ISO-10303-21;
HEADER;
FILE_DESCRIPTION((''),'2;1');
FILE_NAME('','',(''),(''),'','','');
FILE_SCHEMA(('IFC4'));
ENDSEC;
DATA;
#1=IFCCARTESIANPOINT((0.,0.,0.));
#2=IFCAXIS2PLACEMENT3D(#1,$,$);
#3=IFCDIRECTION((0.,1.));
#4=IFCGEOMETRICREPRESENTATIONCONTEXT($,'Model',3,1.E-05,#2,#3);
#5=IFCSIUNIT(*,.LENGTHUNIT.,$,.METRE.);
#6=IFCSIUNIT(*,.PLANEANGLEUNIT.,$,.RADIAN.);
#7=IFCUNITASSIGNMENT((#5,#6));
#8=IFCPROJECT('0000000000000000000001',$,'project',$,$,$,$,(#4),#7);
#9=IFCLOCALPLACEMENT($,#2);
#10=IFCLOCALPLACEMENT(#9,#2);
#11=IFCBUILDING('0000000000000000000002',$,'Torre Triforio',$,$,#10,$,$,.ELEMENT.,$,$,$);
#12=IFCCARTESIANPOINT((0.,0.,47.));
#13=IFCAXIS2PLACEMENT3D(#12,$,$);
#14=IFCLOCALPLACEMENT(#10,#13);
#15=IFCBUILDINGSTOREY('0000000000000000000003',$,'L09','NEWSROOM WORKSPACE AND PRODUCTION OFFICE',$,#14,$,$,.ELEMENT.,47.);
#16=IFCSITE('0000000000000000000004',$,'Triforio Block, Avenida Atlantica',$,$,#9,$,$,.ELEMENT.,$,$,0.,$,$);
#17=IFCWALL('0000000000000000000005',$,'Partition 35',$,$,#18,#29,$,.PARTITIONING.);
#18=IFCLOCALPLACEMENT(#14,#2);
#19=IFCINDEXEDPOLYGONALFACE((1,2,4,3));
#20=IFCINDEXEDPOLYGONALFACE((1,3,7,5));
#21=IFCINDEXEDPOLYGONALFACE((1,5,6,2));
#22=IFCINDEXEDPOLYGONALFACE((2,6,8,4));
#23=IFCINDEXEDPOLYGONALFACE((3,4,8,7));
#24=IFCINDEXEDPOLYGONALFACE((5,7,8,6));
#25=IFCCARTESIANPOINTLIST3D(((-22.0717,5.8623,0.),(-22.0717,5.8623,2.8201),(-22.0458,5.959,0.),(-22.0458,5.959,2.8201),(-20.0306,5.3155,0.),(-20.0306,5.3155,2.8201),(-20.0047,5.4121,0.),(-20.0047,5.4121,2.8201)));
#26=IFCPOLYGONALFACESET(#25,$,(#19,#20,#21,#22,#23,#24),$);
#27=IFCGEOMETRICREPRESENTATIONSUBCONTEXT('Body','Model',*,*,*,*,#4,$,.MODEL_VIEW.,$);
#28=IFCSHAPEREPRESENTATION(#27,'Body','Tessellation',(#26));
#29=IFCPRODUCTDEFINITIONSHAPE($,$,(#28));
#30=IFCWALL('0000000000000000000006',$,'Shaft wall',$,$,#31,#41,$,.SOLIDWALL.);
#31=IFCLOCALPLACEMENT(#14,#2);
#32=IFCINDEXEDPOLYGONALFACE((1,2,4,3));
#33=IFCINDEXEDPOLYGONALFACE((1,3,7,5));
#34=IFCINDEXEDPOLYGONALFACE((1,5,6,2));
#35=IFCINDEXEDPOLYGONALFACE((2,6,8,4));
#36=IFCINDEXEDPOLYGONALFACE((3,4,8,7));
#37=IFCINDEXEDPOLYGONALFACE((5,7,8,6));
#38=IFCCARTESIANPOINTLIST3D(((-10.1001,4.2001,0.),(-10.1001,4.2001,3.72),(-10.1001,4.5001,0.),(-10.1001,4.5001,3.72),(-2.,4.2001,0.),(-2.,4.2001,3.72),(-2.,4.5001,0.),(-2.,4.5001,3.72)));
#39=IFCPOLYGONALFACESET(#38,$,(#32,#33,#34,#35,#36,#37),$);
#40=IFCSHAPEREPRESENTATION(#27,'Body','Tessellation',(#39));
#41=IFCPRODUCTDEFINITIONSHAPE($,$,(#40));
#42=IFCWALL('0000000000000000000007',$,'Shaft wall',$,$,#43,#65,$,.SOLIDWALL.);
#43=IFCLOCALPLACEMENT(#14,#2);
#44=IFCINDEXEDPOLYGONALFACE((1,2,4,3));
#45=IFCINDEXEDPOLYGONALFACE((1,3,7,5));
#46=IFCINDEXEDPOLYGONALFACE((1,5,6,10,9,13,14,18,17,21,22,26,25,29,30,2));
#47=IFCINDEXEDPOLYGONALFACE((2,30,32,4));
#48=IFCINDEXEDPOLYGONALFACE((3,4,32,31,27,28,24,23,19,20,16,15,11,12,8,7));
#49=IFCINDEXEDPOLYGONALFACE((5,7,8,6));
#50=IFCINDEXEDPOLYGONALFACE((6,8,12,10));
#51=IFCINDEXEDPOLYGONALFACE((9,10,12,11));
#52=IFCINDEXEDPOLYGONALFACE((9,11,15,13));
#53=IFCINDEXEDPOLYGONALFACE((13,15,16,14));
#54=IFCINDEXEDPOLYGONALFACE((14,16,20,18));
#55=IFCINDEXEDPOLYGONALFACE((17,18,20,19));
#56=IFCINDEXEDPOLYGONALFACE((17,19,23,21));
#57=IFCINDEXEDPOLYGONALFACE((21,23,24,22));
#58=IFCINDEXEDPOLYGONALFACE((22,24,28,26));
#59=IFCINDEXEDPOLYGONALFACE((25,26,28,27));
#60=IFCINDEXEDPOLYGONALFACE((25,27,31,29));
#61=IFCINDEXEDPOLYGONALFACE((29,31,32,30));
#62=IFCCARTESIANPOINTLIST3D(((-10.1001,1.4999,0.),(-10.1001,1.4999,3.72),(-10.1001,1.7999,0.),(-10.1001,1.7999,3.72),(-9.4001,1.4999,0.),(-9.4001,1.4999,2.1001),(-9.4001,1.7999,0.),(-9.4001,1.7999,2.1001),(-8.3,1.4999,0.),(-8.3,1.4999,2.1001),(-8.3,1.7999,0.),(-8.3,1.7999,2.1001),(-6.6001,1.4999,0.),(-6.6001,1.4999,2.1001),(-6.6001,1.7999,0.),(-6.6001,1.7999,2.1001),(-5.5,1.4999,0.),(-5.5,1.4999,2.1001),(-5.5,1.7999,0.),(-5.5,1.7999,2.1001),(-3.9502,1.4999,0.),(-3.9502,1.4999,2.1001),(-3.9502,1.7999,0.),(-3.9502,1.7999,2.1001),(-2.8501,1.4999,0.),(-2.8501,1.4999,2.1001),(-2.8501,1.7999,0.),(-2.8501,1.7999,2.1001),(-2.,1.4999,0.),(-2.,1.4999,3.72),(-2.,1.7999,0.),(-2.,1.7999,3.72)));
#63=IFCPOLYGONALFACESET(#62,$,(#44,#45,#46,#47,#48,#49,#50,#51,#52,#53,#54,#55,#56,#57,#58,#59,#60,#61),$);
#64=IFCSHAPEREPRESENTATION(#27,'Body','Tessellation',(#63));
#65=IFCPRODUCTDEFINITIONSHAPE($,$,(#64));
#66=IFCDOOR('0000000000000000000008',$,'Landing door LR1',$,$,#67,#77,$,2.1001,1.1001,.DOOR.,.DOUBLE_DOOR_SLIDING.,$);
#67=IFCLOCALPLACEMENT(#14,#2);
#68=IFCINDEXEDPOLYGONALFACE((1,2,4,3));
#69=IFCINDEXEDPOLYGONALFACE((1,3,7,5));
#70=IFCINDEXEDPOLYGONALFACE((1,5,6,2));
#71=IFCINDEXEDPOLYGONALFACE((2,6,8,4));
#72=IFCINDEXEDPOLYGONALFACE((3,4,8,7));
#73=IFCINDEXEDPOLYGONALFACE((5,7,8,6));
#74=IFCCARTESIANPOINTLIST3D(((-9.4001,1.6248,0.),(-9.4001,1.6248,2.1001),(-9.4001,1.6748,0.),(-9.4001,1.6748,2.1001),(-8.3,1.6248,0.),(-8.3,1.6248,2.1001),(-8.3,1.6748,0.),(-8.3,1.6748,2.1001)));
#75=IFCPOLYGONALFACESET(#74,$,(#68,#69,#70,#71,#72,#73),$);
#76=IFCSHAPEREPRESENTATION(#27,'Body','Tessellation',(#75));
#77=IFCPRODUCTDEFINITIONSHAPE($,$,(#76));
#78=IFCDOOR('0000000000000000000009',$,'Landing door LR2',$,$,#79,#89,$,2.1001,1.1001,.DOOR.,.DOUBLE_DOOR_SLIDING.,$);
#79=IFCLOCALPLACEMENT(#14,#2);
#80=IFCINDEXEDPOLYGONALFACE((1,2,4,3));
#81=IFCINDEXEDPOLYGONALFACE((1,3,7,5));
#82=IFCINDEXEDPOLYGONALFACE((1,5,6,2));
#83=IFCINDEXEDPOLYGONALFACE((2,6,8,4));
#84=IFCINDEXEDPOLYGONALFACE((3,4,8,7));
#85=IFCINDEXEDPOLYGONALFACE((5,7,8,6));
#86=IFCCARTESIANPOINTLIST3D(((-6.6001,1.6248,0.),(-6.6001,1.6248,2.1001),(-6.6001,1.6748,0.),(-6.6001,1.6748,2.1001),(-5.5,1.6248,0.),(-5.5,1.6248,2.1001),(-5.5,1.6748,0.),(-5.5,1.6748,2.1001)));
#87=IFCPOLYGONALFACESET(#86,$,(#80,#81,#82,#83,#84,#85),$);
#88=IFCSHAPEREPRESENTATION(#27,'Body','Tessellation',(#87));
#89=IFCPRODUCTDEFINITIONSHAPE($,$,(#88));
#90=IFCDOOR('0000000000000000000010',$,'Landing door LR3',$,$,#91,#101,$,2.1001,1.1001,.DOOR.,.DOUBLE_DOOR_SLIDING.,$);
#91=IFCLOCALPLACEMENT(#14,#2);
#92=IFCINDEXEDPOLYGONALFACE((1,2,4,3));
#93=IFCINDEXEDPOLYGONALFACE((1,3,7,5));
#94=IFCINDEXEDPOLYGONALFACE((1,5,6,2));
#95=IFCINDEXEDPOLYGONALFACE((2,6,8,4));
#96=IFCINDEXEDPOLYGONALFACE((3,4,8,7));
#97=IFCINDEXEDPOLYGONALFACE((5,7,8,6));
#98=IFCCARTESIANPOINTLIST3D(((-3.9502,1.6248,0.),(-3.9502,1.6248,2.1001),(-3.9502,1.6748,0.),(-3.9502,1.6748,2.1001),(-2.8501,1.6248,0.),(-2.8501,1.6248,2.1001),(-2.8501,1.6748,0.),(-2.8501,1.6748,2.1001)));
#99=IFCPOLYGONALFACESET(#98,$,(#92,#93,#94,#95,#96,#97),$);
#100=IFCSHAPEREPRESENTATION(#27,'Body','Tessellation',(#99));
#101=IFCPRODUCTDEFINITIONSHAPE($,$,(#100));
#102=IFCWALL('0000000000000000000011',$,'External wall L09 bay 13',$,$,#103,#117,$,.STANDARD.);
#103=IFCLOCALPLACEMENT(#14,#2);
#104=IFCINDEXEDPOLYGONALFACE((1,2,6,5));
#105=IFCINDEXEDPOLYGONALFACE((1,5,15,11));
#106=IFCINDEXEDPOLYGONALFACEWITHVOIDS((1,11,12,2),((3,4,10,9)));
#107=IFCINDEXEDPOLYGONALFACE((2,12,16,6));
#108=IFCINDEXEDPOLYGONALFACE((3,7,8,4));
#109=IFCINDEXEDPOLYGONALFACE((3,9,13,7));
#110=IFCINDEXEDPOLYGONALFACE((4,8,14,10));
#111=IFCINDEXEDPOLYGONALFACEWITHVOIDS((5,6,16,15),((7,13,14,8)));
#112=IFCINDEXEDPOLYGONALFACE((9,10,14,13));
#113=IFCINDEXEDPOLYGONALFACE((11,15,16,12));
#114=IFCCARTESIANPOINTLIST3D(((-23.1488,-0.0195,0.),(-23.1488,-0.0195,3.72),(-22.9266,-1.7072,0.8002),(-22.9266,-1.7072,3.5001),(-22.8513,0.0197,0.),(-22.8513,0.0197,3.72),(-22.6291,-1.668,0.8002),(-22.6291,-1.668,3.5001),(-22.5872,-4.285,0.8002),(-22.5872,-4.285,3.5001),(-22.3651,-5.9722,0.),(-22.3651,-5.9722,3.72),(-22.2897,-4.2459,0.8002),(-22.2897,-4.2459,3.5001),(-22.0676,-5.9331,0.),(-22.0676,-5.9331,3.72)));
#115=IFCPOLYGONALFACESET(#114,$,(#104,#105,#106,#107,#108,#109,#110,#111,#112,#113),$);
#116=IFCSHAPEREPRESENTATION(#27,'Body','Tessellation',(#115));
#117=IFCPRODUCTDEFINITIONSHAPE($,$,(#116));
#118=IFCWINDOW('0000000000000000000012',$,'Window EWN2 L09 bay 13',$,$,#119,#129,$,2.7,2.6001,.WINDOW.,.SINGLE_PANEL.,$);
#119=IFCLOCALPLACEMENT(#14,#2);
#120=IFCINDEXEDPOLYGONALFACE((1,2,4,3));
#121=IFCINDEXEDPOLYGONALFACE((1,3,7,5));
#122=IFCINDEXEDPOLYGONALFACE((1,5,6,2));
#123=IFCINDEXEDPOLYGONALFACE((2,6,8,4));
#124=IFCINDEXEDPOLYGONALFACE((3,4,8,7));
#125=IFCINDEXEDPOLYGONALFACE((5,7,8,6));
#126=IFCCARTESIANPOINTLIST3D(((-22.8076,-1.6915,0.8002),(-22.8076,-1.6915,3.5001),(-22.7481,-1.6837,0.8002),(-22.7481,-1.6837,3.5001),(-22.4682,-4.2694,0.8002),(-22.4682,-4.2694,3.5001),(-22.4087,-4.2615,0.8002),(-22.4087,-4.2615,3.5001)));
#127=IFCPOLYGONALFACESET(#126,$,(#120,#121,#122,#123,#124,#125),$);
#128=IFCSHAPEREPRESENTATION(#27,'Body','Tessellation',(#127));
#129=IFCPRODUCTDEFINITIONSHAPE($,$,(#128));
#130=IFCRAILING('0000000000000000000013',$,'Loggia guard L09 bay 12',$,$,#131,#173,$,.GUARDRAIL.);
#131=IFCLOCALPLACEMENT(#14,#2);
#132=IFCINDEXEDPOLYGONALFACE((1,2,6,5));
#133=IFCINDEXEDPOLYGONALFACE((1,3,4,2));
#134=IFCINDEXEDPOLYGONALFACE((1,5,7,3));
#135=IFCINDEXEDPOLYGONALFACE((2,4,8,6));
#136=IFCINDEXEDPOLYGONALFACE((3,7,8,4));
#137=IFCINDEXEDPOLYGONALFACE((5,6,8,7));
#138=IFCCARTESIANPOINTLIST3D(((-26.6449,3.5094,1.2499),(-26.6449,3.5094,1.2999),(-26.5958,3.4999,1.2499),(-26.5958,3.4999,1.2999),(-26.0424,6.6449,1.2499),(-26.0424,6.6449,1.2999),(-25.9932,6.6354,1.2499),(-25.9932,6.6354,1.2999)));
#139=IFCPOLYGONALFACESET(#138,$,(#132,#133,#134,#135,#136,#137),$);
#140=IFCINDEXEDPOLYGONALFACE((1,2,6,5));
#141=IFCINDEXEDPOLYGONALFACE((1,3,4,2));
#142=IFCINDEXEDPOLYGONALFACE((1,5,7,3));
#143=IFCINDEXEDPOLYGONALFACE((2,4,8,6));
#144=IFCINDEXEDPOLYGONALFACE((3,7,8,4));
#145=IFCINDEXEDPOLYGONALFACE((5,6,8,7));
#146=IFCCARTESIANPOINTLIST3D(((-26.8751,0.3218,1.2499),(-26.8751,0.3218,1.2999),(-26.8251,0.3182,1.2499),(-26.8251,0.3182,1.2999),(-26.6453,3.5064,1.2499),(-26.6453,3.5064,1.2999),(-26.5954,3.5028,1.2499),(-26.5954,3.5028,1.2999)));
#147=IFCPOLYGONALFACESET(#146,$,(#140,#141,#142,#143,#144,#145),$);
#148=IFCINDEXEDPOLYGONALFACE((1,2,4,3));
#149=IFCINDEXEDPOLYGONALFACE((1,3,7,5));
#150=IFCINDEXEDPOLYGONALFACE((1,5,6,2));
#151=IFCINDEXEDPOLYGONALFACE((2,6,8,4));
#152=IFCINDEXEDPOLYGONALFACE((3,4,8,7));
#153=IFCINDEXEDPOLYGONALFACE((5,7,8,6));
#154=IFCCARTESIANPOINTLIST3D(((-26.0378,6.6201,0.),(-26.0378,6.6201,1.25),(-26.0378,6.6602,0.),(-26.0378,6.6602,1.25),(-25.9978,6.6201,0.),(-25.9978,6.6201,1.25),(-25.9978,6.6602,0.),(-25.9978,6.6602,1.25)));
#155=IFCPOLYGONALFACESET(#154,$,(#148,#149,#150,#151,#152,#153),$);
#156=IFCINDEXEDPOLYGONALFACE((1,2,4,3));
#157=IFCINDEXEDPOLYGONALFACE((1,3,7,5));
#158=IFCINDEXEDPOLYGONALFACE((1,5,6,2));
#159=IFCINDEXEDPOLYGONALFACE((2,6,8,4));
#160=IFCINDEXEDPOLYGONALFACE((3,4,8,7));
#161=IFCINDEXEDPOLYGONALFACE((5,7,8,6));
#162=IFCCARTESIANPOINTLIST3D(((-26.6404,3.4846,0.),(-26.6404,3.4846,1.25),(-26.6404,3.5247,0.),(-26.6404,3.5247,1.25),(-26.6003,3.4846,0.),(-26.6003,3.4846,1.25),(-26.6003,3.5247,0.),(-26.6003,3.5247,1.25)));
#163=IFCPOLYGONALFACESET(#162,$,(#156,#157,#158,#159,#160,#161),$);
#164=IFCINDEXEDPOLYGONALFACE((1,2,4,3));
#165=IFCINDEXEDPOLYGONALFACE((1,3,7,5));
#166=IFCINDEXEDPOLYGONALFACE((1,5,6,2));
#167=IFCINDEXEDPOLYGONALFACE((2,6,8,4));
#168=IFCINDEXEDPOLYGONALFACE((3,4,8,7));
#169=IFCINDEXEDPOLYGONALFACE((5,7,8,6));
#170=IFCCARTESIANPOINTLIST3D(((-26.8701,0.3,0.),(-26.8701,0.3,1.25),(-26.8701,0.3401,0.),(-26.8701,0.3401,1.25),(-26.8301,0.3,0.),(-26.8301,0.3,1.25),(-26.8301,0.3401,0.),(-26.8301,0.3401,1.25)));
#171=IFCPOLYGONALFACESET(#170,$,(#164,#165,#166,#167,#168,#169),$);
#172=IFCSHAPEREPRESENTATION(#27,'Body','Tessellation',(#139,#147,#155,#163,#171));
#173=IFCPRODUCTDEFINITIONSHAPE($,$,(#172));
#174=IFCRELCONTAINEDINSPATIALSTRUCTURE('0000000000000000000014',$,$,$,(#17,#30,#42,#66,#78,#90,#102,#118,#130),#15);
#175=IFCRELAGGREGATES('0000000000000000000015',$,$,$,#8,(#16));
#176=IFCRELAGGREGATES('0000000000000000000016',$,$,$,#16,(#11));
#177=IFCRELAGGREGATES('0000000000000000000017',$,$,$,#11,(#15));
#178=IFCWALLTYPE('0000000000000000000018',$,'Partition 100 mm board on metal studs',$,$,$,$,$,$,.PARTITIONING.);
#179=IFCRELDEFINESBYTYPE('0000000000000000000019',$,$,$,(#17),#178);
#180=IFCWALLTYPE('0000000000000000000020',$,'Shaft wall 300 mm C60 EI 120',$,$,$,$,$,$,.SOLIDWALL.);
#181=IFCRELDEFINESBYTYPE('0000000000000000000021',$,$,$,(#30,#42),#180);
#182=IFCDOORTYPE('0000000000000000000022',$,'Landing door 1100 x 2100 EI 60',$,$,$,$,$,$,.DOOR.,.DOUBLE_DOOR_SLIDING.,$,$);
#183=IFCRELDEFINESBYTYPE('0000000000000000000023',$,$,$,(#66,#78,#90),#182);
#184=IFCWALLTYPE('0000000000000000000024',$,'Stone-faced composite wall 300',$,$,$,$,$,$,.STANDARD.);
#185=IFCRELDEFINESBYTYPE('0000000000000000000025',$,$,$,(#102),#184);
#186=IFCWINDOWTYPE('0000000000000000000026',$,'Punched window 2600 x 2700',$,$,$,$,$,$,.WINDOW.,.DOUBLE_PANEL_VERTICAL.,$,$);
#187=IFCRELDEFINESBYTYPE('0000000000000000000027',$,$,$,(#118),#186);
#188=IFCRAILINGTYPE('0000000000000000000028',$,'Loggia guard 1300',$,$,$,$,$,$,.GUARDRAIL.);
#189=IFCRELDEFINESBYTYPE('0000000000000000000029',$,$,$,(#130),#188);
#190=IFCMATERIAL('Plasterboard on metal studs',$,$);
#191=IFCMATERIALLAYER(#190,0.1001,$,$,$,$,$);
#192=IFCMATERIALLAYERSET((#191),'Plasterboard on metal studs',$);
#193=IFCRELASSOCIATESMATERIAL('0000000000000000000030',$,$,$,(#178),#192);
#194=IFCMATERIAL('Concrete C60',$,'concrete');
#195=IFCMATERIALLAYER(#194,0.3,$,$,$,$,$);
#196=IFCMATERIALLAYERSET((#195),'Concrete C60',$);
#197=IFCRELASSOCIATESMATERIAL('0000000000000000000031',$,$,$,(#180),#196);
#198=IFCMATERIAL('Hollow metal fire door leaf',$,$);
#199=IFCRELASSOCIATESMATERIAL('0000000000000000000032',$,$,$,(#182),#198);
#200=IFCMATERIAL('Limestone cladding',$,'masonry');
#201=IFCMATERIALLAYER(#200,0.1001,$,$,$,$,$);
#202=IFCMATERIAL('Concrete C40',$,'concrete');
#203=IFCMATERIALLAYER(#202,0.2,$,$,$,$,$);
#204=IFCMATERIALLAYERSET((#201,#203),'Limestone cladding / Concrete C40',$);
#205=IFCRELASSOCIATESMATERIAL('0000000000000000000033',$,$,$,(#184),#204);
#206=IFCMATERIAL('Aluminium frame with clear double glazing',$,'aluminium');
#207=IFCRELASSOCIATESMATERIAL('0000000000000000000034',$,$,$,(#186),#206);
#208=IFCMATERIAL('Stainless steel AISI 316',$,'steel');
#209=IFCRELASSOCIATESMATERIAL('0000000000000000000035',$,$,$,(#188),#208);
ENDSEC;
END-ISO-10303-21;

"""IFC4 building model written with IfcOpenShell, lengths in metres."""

from ifc_helpers import new_model, si_unit, direction, frame, frame_2d, origin, origin_2d, place, context, subcontext, project, spatial, rectangle, extrude, material, layer, layer_set, type_object, element, fill, save


model = new_model("IFC4")

# Units and contexts
model_context = context("Model", 3, precision=1e-05, world=origin(), true_north=direction((0.0, 1.0)))
body_context = subcontext(model_context, "Body", "Model", "MODEL_VIEW")
ifc_project = project(units=[si_unit("LENGTHUNIT", "METRE"), si_unit("PLANEANGLEUNIT", "RADIAN")], contexts=[model_context])

# Site, building, storey
site_placement = place(None, origin())
site = spatial("IfcSite", under=ifc_project, at=site_placement, Name="Triforio Block, Avenida Atlantica", CompositionType="ELEMENT", RefElevation=0.0)
building_placement = place(site_placement, origin())
building = spatial("IfcBuilding", under=site, at=building_placement, Name="Torre Triforio", CompositionType="ELEMENT")
storey_placement = place(building_placement, frame((0.0, 0.0, 47.0)))
storey = spatial("IfcBuildingStorey", under=building, at=storey_placement, Name="L09", Description="NEWSROOM WORKSPACE AND PRODUCTION OFFICE", CompositionType="ELEMENT", Elevation=47.0)

# Shared definitions
ifc_material_1 = material(Name="Concrete C60", Category="concrete")
ifc_material_2 = material(Name="Hollow metal fire door leaf")

# Shared definitions
ifc_material_3 = material(Name="Plasterboard on metal studs")

# Walls
ifc_layer_1 = layer(ifc_material_3, 0.1001)
ifc_layer_set_1 = layer_set([ifc_layer_1], Name="Plasterboard on metal studs")
wall_type_1 = type_object("IfcWallType", Name="Partition 100 mm board on metal studs", PredefinedType="PARTITIONING", material=ifc_layer_set_1)
wall_1_placement = place(storey_placement, frame((-20.0176, 5.3638, 0.0), z_axis=(0.0, 0.0, 1.0), x_axis=(-0.965927, 0.258813, 0.0)))
element("IfcWall", 1, at=wall_1_placement, inside=storey, type_object=wall_type_1, Name="Partition 35", PredefinedType="PARTITIONING", context=body_context, shape_type="SweptSolid", body=[
    extrude(rectangle(XDim=2.113, YDim=0.1001, at=frame_2d((1.0566, 0.0))), origin(), (0.0, 0.0, 1.0), 2.8201),
])
ifc_layer_2 = layer(ifc_material_1, 0.3)
ifc_layer_set_2 = layer_set([ifc_layer_2], Name="Concrete C60")
wall_type_2 = type_object("IfcWallType", Name="Shaft wall 300 mm C60 EI 120", PredefinedType="SOLIDWALL", material=ifc_layer_set_2)
wall_2_placement = place(storey_placement, frame((-10.1001, 4.3501, 0.0), z_axis=(0.0, 0.0, 1.0), x_axis=(1.0, 0.0, 0.0)))
element("IfcWall", 2, at=wall_2_placement, inside=storey, type_object=wall_type_2, Name="Shaft wall", PredefinedType="SOLIDWALL", context=body_context, shape_type="SweptSolid", body=[
    extrude(rectangle(XDim=8.1001, YDim=0.3, at=frame_2d((4.05, 0.0))), origin(), (0.0, 0.0, 1.0), 3.72),
])

# Wall, openings, doors
wall_3_placement = place(storey_placement, frame((-10.1001, 1.6499, 0.0), z_axis=(0.0, 0.0, 1.0), x_axis=(1.0, 0.0, 0.0)))
wall_3 = element("IfcWall", 3, at=wall_3_placement, inside=storey, type_object=wall_type_2, Name="Shaft wall", PredefinedType="SOLIDWALL", context=body_context, shape_type="SweptSolid", body=[
    extrude(rectangle(XDim=8.1001, YDim=0.3, at=frame_2d((4.05, 0.0))), origin(), (0.0, 0.0, 1.0), 3.72),
])
opening_1_placement = place(wall_3_placement, frame((0.7, 0.0, 0.0)))
opening_1 = element("IfcOpeningElement", 4, at=opening_1_placement, cuts=wall_3, PredefinedType="OPENING", context=body_context, shape_type="SweptSolid", body=[
    extrude(rectangle(XDim=1.1001, YDim=2.1001, at=frame_2d((0.55, 1.05))), frame((0.0, 0.1599, 0.0), z_axis=(0.0, -1.0, 0.0), x_axis=(1.0, 0.0, 0.0)), (0.0, 0.0, 1.0), 0.3201),
])
opening_2_placement = place(wall_3_placement, frame((3.5, 0.0, 0.0)))
opening_2 = element("IfcOpeningElement", 5, at=opening_2_placement, cuts=wall_3, PredefinedType="OPENING", context=body_context, shape_type="SweptSolid", body=[
    extrude(rectangle(XDim=1.1001, YDim=2.1001, at=frame_2d((0.55, 1.05))), frame((0.0, 0.1599, 0.0), z_axis=(0.0, -1.0, 0.0), x_axis=(1.0, 0.0, 0.0)), (0.0, 0.0, 1.0), 0.3201),
])
opening_3_placement = place(wall_3_placement, frame((6.1499, 0.0, 0.0)))
opening_3 = element("IfcOpeningElement", 6, at=opening_3_placement, cuts=wall_3, PredefinedType="OPENING", context=body_context, shape_type="SweptSolid", body=[
    extrude(rectangle(XDim=1.1001, YDim=2.1001, at=frame_2d((0.55, 1.05))), frame((0.0, 0.1599, 0.0), z_axis=(0.0, -1.0, 0.0), x_axis=(1.0, 0.0, 0.0)), (0.0, 0.0, 1.0), 0.3201),
])
door_type_1 = type_object("IfcDoorType", Name="Landing door 1100 x 2100 EI 60", OperationType="DOUBLE_DOOR_SLIDING", PredefinedType="DOOR", material=ifc_material_2)
door_1_placement = place(opening_1_placement, origin())
door_1 = element("IfcDoor", 7, at=door_1_placement, inside=storey, type_object=door_type_1, Name="Landing door LR1", OperationType="DOUBLE_DOOR_SLIDING", OverallHeight=2.1001, OverallWidth=1.1001, PredefinedType="DOOR", context=body_context, shape_type="SweptSolid", body=[
    extrude(rectangle(XDim=1.1001, YDim=2.1001, at=frame_2d((0.55, 1.05))), frame((0.0, 0.0249, 0.0), z_axis=(0.0, -1.0, 0.0), x_axis=(1.0, 0.0, 0.0)), (0.0, 0.0, 1.0), 0.05),
])
fill(opening_1, door_1)
door_2_placement = place(opening_2_placement, origin())
door_2 = element("IfcDoor", 8, at=door_2_placement, inside=storey, type_object=door_type_1, Name="Landing door LR2", OperationType="DOUBLE_DOOR_SLIDING", OverallHeight=2.1001, OverallWidth=1.1001, PredefinedType="DOOR", context=body_context, shape_type="SweptSolid", body=[
    extrude(rectangle(XDim=1.1001, YDim=2.1001, at=frame_2d((0.55, 1.05))), frame((0.0, 0.0249, 0.0), z_axis=(0.0, -1.0, 0.0), x_axis=(1.0, 0.0, 0.0)), (0.0, 0.0, 1.0), 0.05),
])
fill(opening_2, door_2)
door_3_placement = place(opening_3_placement, origin())
door_3 = element("IfcDoor", 9, at=door_3_placement, inside=storey, type_object=door_type_1, Name="Landing door LR3", OperationType="DOUBLE_DOOR_SLIDING", OverallHeight=2.1001, OverallWidth=1.1001, PredefinedType="DOOR", context=body_context, shape_type="SweptSolid", body=[
    extrude(rectangle(XDim=1.1001, YDim=2.1001, at=frame_2d((0.55, 1.05))), frame((0.0, 0.0249, 0.0), z_axis=(0.0, -1.0, 0.0), x_axis=(1.0, 0.0, 0.0)), (0.0, 0.0, 1.0), 0.05),
])
fill(opening_3, door_3)

# Shared definitions
ifc_material_4 = material(Name="Limestone cladding", Category="masonry")
ifc_layer_3 = layer(ifc_material_4, 0.1001)
ifc_material_5 = material(Name="Concrete C40", Category="concrete")
ifc_layer_4 = layer(ifc_material_5, 0.2)
ifc_layer_set_3 = layer_set([ifc_layer_3, ifc_layer_4], Name="Limestone cladding / Concrete C40")
wall_type_3 = type_object("IfcWallType", Name="Stone-faced composite wall 300", PredefinedType="STANDARD", material=ifc_layer_set_3)
ifc_material_6 = material(Name="Aluminium frame with clear double glazing", Category="aluminium")

# Wall, opening, window
wall_4_placement = place(storey_placement, frame((-23.0, 0.0, 0.0), z_axis=(0.0, 0.0, 1.0), x_axis=(0.130523, -0.991445, 0.0)))
wall_4 = element("IfcWall", 10, at=wall_4_placement, inside=storey, type_object=wall_type_3, Name="External wall L09 bay 13", PredefinedType="STANDARD", context=body_context, shape_type="SweptSolid", body=[
    extrude(rectangle(XDim=6.0042, YDim=0.3, at=frame_2d((3.002, 0.0))), origin(), (0.0, 0.0, 1.0), 3.72),
])
opening_4_placement = place(wall_4_placement, frame((1.7021, 0.0, 0.8)))
opening_4 = element("IfcOpeningElement", 11, at=opening_4_placement, cuts=wall_4, PredefinedType="OPENING", context=body_context, shape_type="SweptSolid", body=[
    extrude(rectangle(XDim=2.6001, YDim=2.7, at=frame_2d((1.3, 1.3501))), frame((0.0, 0.1599, 0.0), z_axis=(0.0, -1.0, 0.0), x_axis=(1.0, 0.0, 0.0)), (0.0, 0.0, 1.0), 0.3201),
])
window_type_1 = type_object("IfcWindowType", Name="Punched window 2600 x 2700", PartitioningType="DOUBLE_PANEL_VERTICAL", PredefinedType="WINDOW", material=ifc_material_6)
window_1_placement = place(opening_4_placement, origin())
window_1 = element("IfcWindow", 12, at=window_1_placement, inside=storey, type_object=window_type_1, Name="Window EWN2 L09 bay 13", OverallHeight=2.7, OverallWidth=2.6001, PartitioningType="SINGLE_PANEL", PredefinedType="WINDOW", context=body_context, shape_type="SweptSolid", body=[
    extrude(rectangle(XDim=2.6001, YDim=2.7, at=frame_2d((1.3, 1.3501))), frame((0.0, 0.03, 0.0), z_axis=(0.0, -1.0, 0.0), x_axis=(1.0, 0.0, 0.0)), (0.0, 0.0, 1.0), 0.0601),
])
fill(opening_4, window_1)

# Railing
ifc_material_7 = material(Name="Stainless steel AISI 316", Category="steel")
railing_type = type_object("IfcRailingType", Name="Loggia guard 1300", PredefinedType="GUARDRAIL", material=ifc_material_7)
railing_placement = place(storey_placement, frame((-26.0178, 6.6401, 0.0)))
element("IfcRailing", 13, at=railing_placement, inside=storey, type_object=railing_type, Name="Loggia guard L09 bay 12", PredefinedType="GUARDRAIL", context=body_context, shape_type="SweptSolid", body=[
    extrude(rectangle(XDim=0.05, YDim=0.05, at=origin_2d()), frame((0.0, 0.0, 1.2749), z_axis=(-0.188714, -0.982032, 0.0), x_axis=(0.982032, -0.188714, 0.0)), (0.0, 0.0, 1.0), 3.1929),
    extrude(rectangle(XDim=0.05, YDim=0.05, at=origin_2d()), frame((-0.6025, -3.1355, 1.2749), z_axis=(-0.071953, -0.997408, 0.0), x_axis=(0.997408, -0.071953, 0.0)), (0.0, 0.0, 1.0), 3.1929),
    extrude(rectangle(XDim=0.04, YDim=0.04, at=origin_2d()), origin(), (0.0, 0.0, 1.0), 1.25),
    extrude(rectangle(XDim=0.04, YDim=0.04, at=origin_2d()), frame((-0.6025, -3.1355, 0.0)), (0.0, 0.0, 1.0), 1.25),
    extrude(rectangle(XDim=0.04, YDim=0.04, at=origin_2d()), frame((-0.8323, -6.3201, 0.0)), (0.0, 0.0, 1.0), 1.25),
])

save(model, "model.ifc")
